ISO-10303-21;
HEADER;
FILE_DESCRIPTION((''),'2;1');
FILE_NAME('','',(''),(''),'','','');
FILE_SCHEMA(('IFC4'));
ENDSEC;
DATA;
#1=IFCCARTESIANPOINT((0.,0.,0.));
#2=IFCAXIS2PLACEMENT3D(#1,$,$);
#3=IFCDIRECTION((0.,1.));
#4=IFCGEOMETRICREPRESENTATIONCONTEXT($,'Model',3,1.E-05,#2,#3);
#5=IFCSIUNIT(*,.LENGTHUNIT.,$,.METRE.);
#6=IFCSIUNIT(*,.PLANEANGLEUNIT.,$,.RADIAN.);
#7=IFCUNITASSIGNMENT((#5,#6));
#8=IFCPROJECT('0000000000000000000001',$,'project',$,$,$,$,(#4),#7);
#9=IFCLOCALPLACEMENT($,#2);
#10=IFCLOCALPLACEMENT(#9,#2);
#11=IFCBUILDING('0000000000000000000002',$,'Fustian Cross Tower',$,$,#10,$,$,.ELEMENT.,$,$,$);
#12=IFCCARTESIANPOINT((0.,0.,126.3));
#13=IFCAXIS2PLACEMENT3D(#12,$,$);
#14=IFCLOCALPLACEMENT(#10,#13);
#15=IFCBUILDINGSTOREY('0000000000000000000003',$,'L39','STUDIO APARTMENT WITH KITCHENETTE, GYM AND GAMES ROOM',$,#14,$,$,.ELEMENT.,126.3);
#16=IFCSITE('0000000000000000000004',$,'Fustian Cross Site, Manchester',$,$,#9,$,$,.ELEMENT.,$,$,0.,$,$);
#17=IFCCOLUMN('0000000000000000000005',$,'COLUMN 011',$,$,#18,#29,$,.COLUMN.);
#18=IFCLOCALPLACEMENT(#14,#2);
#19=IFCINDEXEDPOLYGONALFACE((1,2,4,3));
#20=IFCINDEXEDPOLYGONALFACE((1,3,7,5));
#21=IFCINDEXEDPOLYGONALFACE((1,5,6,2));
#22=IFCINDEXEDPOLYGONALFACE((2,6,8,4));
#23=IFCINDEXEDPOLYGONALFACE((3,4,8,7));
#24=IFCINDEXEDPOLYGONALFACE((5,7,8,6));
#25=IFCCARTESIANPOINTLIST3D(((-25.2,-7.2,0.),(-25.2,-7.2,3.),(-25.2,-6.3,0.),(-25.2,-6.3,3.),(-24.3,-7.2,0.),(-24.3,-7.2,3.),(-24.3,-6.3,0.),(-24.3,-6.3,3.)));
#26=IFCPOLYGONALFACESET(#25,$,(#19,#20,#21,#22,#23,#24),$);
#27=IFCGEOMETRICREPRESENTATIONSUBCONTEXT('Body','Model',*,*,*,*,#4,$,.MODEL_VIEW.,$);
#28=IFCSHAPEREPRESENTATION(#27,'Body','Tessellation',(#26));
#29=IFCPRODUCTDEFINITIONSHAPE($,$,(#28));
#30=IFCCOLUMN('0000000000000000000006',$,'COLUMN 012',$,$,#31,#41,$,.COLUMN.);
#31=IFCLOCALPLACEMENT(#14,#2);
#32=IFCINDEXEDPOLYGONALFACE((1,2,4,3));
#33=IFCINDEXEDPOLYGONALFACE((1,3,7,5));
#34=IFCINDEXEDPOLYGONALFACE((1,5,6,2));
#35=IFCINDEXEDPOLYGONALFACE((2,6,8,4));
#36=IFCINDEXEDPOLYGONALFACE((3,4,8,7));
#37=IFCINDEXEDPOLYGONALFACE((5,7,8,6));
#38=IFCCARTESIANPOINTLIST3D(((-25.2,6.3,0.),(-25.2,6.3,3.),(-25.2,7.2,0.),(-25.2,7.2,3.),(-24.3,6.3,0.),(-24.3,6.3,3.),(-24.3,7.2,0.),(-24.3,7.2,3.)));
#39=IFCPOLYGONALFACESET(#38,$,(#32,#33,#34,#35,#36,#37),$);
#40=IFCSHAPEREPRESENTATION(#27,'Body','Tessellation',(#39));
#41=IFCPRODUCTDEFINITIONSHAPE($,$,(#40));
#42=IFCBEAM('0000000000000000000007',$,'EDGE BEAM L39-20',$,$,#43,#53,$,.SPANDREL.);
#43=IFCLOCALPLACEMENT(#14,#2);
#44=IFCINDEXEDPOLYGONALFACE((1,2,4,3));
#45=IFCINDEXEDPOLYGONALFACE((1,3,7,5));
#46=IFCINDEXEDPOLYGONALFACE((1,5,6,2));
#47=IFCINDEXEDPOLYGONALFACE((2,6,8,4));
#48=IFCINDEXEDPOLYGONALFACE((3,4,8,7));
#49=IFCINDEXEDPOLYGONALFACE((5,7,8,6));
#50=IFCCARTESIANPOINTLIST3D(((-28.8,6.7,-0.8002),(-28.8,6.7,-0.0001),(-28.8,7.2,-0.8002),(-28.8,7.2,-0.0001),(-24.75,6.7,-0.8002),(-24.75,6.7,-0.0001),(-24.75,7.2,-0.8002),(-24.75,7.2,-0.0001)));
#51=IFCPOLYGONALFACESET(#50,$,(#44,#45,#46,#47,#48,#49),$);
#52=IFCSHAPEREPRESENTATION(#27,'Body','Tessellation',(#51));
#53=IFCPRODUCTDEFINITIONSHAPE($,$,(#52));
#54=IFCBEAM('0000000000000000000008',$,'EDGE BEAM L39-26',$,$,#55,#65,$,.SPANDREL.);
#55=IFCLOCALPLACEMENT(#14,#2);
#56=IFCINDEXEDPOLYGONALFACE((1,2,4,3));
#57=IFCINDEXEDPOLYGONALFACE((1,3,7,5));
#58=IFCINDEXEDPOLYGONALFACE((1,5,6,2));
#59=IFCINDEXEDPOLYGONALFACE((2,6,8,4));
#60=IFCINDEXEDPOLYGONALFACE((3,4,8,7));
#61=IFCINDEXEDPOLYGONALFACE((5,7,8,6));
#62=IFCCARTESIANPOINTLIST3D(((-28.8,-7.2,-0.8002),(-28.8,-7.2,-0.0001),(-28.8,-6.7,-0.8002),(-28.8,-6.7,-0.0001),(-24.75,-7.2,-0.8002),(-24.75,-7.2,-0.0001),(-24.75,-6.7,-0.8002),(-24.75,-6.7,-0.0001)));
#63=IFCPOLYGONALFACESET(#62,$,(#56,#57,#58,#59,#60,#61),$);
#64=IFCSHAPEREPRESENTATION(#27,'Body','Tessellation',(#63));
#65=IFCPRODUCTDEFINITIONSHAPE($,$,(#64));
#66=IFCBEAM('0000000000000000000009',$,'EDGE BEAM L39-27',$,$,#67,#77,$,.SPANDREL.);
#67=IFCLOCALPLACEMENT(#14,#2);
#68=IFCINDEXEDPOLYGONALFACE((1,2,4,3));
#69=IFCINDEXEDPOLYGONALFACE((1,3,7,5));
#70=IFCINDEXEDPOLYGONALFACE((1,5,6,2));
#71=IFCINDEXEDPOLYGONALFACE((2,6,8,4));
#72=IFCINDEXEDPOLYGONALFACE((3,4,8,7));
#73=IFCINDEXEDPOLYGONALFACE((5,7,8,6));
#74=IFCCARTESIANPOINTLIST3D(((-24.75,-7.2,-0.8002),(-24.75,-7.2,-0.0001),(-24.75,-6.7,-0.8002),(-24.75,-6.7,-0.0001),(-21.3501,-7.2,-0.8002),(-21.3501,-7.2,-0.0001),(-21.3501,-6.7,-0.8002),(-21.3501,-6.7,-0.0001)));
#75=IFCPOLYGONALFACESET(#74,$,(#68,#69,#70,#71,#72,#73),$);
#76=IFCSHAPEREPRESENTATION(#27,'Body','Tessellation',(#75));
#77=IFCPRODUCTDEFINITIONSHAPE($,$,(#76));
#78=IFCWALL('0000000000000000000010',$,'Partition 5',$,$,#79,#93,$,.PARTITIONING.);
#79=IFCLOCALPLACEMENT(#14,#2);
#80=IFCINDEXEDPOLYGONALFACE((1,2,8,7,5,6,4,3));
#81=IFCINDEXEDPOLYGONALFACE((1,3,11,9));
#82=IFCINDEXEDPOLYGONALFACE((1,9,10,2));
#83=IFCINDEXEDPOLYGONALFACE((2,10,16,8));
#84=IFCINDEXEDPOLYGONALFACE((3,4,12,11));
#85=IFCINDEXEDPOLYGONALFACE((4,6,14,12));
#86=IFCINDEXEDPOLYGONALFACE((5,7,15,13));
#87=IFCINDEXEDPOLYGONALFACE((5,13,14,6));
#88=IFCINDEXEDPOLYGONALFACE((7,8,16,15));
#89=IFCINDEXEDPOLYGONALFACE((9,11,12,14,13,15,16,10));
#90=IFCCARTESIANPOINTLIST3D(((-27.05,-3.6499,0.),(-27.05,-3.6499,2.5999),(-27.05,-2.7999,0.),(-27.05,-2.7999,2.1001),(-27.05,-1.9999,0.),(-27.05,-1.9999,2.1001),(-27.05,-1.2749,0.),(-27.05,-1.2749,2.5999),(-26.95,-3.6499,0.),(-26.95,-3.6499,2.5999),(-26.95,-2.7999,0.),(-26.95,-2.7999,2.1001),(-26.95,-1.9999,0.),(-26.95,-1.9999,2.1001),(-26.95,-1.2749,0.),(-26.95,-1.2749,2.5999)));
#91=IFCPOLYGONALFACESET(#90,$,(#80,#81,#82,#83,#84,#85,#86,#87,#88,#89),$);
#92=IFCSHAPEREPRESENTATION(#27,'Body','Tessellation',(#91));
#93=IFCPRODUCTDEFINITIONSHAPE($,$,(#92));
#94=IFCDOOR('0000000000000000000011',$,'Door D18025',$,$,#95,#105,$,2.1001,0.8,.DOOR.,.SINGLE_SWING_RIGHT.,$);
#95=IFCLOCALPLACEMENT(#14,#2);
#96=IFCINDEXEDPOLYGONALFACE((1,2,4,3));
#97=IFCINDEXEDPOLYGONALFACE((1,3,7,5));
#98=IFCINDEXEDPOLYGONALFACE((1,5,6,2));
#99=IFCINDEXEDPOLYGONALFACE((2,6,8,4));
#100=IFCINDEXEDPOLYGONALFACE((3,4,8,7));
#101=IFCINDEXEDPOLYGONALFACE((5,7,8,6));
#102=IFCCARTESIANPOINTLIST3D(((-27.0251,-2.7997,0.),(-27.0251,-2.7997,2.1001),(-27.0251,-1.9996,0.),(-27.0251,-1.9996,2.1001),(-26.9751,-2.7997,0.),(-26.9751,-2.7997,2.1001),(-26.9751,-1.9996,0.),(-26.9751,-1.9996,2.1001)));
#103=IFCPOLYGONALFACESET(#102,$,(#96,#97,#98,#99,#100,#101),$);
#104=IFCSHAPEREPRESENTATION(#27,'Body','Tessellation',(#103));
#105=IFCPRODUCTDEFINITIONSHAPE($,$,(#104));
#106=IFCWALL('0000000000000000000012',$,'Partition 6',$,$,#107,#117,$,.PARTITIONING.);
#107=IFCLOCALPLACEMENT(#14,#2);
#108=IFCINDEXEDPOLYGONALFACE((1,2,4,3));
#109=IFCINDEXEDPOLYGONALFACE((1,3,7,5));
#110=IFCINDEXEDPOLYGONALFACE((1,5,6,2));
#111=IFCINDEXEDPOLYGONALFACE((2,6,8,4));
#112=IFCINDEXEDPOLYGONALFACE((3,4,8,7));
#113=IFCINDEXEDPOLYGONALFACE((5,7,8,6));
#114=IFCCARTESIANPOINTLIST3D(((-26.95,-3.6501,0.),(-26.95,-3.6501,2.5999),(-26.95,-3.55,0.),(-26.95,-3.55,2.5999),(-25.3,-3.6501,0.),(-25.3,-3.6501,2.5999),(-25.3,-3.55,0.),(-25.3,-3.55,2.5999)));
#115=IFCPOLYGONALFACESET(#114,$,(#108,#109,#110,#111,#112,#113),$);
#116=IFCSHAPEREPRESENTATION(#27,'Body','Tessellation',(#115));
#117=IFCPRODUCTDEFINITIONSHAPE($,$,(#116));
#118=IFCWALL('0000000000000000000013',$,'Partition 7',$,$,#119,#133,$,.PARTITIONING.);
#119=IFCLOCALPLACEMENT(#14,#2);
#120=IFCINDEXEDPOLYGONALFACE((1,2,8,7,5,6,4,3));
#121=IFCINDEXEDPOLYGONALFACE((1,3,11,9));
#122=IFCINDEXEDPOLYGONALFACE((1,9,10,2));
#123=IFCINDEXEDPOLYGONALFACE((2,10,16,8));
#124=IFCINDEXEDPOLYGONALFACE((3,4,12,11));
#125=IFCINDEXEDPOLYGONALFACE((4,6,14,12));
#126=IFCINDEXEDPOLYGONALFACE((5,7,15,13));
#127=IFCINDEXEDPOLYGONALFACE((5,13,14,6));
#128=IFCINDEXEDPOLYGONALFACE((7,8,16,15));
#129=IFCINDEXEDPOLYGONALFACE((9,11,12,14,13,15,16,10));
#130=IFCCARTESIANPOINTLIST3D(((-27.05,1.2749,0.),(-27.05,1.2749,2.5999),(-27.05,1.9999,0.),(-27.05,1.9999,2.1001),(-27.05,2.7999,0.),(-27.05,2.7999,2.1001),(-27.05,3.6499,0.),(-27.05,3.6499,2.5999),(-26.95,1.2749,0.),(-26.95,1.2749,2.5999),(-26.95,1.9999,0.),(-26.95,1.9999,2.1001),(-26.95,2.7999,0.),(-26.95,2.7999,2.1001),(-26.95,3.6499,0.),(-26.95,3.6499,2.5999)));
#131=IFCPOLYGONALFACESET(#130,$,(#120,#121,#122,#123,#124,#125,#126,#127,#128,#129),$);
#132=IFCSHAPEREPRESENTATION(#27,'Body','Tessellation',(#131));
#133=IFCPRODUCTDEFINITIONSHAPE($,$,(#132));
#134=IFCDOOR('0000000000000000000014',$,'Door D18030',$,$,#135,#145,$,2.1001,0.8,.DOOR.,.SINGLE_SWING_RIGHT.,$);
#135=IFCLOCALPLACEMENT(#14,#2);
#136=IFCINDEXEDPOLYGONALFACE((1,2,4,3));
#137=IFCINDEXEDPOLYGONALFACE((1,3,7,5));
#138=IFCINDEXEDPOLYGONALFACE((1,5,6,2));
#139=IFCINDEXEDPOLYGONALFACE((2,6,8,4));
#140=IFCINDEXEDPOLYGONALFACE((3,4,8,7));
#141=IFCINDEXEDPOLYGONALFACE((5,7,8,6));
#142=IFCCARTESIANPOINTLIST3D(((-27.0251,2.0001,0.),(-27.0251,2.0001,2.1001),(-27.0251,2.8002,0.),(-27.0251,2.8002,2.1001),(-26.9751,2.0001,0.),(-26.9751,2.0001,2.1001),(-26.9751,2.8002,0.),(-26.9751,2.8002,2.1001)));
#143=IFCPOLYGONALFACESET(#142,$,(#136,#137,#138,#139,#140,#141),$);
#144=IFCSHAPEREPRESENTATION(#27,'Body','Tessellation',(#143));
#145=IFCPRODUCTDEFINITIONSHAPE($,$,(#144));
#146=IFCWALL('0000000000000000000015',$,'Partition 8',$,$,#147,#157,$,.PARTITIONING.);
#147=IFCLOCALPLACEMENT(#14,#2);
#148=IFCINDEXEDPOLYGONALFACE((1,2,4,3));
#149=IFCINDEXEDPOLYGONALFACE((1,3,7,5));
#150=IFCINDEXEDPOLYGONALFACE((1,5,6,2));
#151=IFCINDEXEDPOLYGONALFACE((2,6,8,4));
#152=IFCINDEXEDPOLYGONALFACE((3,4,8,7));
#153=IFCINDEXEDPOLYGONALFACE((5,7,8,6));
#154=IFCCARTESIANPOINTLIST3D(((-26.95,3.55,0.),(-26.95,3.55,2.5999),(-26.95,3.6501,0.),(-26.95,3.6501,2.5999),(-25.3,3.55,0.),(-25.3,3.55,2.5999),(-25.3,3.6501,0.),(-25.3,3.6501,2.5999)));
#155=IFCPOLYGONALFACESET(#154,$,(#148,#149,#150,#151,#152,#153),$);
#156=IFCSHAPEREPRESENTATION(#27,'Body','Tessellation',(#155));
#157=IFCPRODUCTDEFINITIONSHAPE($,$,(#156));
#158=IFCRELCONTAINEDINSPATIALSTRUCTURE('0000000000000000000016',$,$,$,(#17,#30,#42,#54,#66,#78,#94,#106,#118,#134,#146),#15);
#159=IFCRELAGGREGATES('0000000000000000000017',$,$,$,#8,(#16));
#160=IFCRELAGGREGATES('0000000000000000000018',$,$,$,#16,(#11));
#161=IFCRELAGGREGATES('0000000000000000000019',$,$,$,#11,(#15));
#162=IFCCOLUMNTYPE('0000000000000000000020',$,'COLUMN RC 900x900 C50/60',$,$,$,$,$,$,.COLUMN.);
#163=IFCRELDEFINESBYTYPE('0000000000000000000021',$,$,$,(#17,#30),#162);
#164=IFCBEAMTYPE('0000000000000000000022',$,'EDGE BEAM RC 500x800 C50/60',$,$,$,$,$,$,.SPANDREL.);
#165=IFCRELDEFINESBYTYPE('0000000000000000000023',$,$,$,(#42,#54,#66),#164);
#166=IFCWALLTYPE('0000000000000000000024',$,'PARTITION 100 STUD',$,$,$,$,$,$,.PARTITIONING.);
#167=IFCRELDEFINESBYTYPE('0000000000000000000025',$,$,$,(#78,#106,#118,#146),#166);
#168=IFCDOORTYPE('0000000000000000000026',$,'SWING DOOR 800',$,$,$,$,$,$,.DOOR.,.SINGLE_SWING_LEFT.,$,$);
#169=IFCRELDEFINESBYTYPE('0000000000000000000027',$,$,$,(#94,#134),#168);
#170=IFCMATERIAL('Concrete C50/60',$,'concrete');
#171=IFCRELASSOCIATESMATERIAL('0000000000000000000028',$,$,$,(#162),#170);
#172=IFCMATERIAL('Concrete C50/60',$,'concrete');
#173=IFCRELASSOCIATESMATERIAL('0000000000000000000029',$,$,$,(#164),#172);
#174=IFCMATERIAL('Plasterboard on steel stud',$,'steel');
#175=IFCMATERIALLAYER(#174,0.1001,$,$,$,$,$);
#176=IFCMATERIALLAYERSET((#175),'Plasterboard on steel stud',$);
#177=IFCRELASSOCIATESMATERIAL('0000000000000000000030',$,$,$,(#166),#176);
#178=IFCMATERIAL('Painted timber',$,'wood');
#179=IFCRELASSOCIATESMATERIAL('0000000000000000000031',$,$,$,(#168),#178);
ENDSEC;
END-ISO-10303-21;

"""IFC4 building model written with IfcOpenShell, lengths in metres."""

from ifc_helpers import new_model, si_unit, direction, frame, frame_2d, origin, origin_2d, place, context, subcontext, project, spatial, rectangle, extrude, material, layer, layer_set, material_profile, profile_set, type_object, element, fill, save


model = new_model("IFC4")

# Units and contexts
model_context = context("Model", 3, precision=1e-05, world=origin(), true_north=direction((0.0, 1.0)))
body_context = subcontext(model_context, "Body", "Model", "MODEL_VIEW")
ifc_project = project(units=[si_unit("LENGTHUNIT", "METRE"), si_unit("PLANEANGLEUNIT", "RADIAN")], contexts=[model_context])

# Site, building, storey
site_placement = place(None, origin())
site = spatial("IfcSite", under=ifc_project, at=site_placement, Name="Fustian Cross Site, Manchester", CompositionType="ELEMENT", RefElevation=0.0)
building_placement = place(site_placement, origin())
building = spatial("IfcBuilding", under=site, at=building_placement, Name="Fustian Cross Tower", CompositionType="ELEMENT")
storey_placement = place(building_placement, frame((0.0, 0.0, 126.3)))
storey = spatial("IfcBuildingStorey", under=building, at=storey_placement, Name="L39", Description="STUDIO APARTMENT WITH KITCHENETTE, GYM AND GAMES ROOM", CompositionType="ELEMENT", Elevation=126.3)

# Columns
ifc_material_1 = material(Name="Concrete C50/60", Category="concrete")
ifc_material_profile_1 = material_profile(ifc_material_1, rectangle(XDim=0.8999, YDim=0.8999, at=origin_2d()), Name="RC 900x900")
ifc_profile_set_1 = profile_set([ifc_material_profile_1], Name="Concrete C50/60")
column_type = type_object("IfcColumnType", Name="COLUMN RC 900x900 C50/60", PredefinedType="COLUMN", material=ifc_profile_set_1)
for number, where, z_axis, x_axis, name in (
    (1, (-24.75, -6.75, 0.0), (0.0, 0.0, 1.0), (1.0, 0.0, 0.0), "COLUMN 011"),
    (2, (-24.75, 6.75, 0.0), (0.0, 0.0, 1.0), (1.0, 0.0, 0.0), "COLUMN 012"),
):
    element("IfcColumn", number, at=place(storey_placement, frame(where, z_axis=z_axis, x_axis=x_axis)), inside=storey, type_object=column_type, Name=name, PredefinedType="COLUMN", context=body_context, shape_type="SweptSolid", body=[
        extrude(rectangle(XDim=0.8999, YDim=0.8999, at=origin_2d()), origin(), (0.0, 0.0, 1.0), 3.0),
    ])

# Beams
ifc_material_2 = material(Name="Concrete C50/60", Category="concrete")
ifc_material_profile_2 = material_profile(ifc_material_2, rectangle(XDim=0.5, YDim=0.8, at=origin_2d()), Name="RC 500x800")
ifc_profile_set_2 = profile_set([ifc_material_profile_2], Name="Concrete C50/60")
beam_type = type_object("IfcBeamType", Name="EDGE BEAM RC 500x800 C50/60", PredefinedType="SPANDREL", material=ifc_profile_set_2)
for number, where, z_axis, x_axis, name in (
    (3, (-24.75, 6.95, -0.4001), (-1.0, 0.0, 0.0), (0.0, -1.0, 0.0), "EDGE BEAM L39-20"),
    (4, (-28.8, -6.95, -0.4001), (1.0, 0.0, 0.0), (0.0, 1.0, 0.0), "EDGE BEAM L39-26"),
):
    element("IfcBeam", number, at=place(storey_placement, frame(where, z_axis=z_axis, x_axis=x_axis)), inside=storey, type_object=beam_type, Name=name, PredefinedType="SPANDREL", context=body_context, shape_type="SweptSolid", body=[
        extrude(rectangle(XDim=0.5, YDim=0.8, at=origin_2d()), origin(), (0.0, 0.0, 1.0), 4.05),
    ])
beam_placement = place(storey_placement, frame((-24.75, -6.95, -0.4001), z_axis=(1.0, 0.0, 0.0), x_axis=(0.0, 1.0, 0.0)))
element("IfcBeam", 5, at=beam_placement, inside=storey, type_object=beam_type, Name="EDGE BEAM L39-27", PredefinedType="SPANDREL", context=body_context, shape_type="SweptSolid", body=[
    extrude(rectangle(XDim=0.5, YDim=0.8, at=origin_2d()), origin(), (0.0, 0.0, 1.0), 3.3999),
])

# Wall, opening, door
ifc_material_3 = material(Name="Plasterboard on steel stud", Category="steel")
ifc_layer_1 = layer(ifc_material_3, 0.1001)
ifc_layer_set_1 = layer_set([ifc_layer_1], Name="Plasterboard on steel stud")
wall_type_1 = type_object("IfcWallType", Name="PARTITION 100 STUD", PredefinedType="PARTITIONING", material=ifc_layer_set_1)
wall_1_placement = place(storey_placement, frame((-27.0, -3.6499, 0.0), z_axis=(0.0, 0.0, 1.0), x_axis=(0.0, 1.0, 0.0)))
wall_1 = element("IfcWall", 6, at=wall_1_placement, inside=storey, type_object=wall_type_1, Name="Partition 5", PredefinedType="PARTITIONING", context=body_context, shape_type="SweptSolid", body=[
    extrude(rectangle(XDim=2.375, YDim=0.1001, at=frame_2d((1.1875, 0.0))), origin(), (0.0, 0.0, 1.0), 2.5999),
])
opening_1_placement = place(wall_1_placement, frame((0.8501, 0.0, 0.0)))
opening_1 = element("IfcOpeningElement", 7, at=opening_1_placement, cuts=wall_1, PredefinedType="OPENING", context=body_context, shape_type="SweptSolid", body=[
    extrude(rectangle(XDim=0.8, YDim=2.1001, at=frame_2d((0.3999, 1.05))), frame((0.0, 0.0601, 0.0), z_axis=(0.0, -1.0, 0.0), x_axis=(1.0, 0.0, 0.0)), (0.0, 0.0, 1.0), 0.1201),
])
ifc_material_4 = material(Name="Painted timber", Category="wood")
door_type = type_object("IfcDoorType", Name="SWING DOOR 800", OperationType="SINGLE_SWING_LEFT", PredefinedType="DOOR", material=ifc_material_4)
door_1_placement = place(opening_1_placement, frame((0.8, 0.0, 0.0), z_axis=(0.0, 0.0, 1.0), x_axis=(-1.0, 0.0, 0.0)))
door_1 = element("IfcDoor", 8, at=door_1_placement, inside=storey, type_object=door_type, Name="Door D18025", OperationType="SINGLE_SWING_RIGHT", OverallHeight=2.1001, OverallWidth=0.8, PredefinedType="DOOR", context=body_context, shape_type="SweptSolid", body=[
    extrude(rectangle(XDim=0.8, YDim=2.1001, at=frame_2d((0.3999, 1.05))), frame((0.0, 0.0249, 0.0), z_axis=(0.0, -1.0, 0.0), x_axis=(1.0, 0.0, 0.0)), (0.0, 0.0, 1.0), 0.05),
])
fill(opening_1, door_1)

# Wall
wall_2_placement = place(storey_placement, frame((-26.95, -3.6001, 0.0), z_axis=(0.0, 0.0, 1.0), x_axis=(1.0, 0.0, 0.0)))
element("IfcWall", 9, at=wall_2_placement, inside=storey, type_object=wall_type_1, Name="Partition 6", PredefinedType="PARTITIONING", context=body_context, shape_type="SweptSolid", body=[
    extrude(rectangle(XDim=1.6499, YDim=0.1001, at=frame_2d((0.825, 0.0))), origin(), (0.0, 0.0, 1.0), 2.5999),
])

# Wall, opening, door
wall_3_placement = place(storey_placement, frame((-27.0, 1.2749, 0.0), z_axis=(0.0, 0.0, 1.0), x_axis=(0.0, 1.0, 0.0)))
wall_3 = element("IfcWall", 10, at=wall_3_placement, inside=storey, type_object=wall_type_1, Name="Partition 7", PredefinedType="PARTITIONING", context=body_context, shape_type="SweptSolid", body=[
    extrude(rectangle(XDim=2.375, YDim=0.1001, at=frame_2d((1.1875, 0.0))), origin(), (0.0, 0.0, 1.0), 2.5999),
])
opening_2_placement = place(wall_3_placement, frame((0.7251, 0.0, 0.0)))
opening_2 = element("IfcOpeningElement", 11, at=opening_2_placement, cuts=wall_3, PredefinedType="OPENING", context=body_context, shape_type="SweptSolid", body=[
    extrude(rectangle(XDim=0.8, YDim=2.1001, at=frame_2d((0.3999, 1.05))), frame((0.0, 0.0601, 0.0), z_axis=(0.0, -1.0, 0.0), x_axis=(1.0, 0.0, 0.0)), (0.0, 0.0, 1.0), 0.1201),
])
door_2_placement = place(opening_2_placement, frame((0.8, 0.0, 0.0), z_axis=(0.0, 0.0, 1.0), x_axis=(-1.0, 0.0, 0.0)))
door_2 = element("IfcDoor", 12, at=door_2_placement, inside=storey, type_object=door_type, Name="Door D18030", OperationType="SINGLE_SWING_RIGHT", OverallHeight=2.1001, OverallWidth=0.8, PredefinedType="DOOR", context=body_context, shape_type="SweptSolid", body=[
    extrude(rectangle(XDim=0.8, YDim=2.1001, at=frame_2d((0.3999, 1.05))), frame((0.0, 0.0249, 0.0), z_axis=(0.0, -1.0, 0.0), x_axis=(1.0, 0.0, 0.0)), (0.0, 0.0, 1.0), 0.05),
])
fill(opening_2, door_2)

# Wall
wall_4_placement = place(storey_placement, frame((-26.95, 3.6001, 0.0), z_axis=(0.0, 0.0, 1.0), x_axis=(1.0, 0.0, 0.0)))
element("IfcWall", 13, at=wall_4_placement, inside=storey, type_object=wall_type_1, Name="Partition 8", PredefinedType="PARTITIONING", context=body_context, shape_type="SweptSolid", body=[
    extrude(rectangle(XDim=1.6499, YDim=0.1001, at=frame_2d((0.825, 0.0))), origin(), (0.0, 0.0, 1.0), 2.5999),
])

save(model, "model.ifc")
